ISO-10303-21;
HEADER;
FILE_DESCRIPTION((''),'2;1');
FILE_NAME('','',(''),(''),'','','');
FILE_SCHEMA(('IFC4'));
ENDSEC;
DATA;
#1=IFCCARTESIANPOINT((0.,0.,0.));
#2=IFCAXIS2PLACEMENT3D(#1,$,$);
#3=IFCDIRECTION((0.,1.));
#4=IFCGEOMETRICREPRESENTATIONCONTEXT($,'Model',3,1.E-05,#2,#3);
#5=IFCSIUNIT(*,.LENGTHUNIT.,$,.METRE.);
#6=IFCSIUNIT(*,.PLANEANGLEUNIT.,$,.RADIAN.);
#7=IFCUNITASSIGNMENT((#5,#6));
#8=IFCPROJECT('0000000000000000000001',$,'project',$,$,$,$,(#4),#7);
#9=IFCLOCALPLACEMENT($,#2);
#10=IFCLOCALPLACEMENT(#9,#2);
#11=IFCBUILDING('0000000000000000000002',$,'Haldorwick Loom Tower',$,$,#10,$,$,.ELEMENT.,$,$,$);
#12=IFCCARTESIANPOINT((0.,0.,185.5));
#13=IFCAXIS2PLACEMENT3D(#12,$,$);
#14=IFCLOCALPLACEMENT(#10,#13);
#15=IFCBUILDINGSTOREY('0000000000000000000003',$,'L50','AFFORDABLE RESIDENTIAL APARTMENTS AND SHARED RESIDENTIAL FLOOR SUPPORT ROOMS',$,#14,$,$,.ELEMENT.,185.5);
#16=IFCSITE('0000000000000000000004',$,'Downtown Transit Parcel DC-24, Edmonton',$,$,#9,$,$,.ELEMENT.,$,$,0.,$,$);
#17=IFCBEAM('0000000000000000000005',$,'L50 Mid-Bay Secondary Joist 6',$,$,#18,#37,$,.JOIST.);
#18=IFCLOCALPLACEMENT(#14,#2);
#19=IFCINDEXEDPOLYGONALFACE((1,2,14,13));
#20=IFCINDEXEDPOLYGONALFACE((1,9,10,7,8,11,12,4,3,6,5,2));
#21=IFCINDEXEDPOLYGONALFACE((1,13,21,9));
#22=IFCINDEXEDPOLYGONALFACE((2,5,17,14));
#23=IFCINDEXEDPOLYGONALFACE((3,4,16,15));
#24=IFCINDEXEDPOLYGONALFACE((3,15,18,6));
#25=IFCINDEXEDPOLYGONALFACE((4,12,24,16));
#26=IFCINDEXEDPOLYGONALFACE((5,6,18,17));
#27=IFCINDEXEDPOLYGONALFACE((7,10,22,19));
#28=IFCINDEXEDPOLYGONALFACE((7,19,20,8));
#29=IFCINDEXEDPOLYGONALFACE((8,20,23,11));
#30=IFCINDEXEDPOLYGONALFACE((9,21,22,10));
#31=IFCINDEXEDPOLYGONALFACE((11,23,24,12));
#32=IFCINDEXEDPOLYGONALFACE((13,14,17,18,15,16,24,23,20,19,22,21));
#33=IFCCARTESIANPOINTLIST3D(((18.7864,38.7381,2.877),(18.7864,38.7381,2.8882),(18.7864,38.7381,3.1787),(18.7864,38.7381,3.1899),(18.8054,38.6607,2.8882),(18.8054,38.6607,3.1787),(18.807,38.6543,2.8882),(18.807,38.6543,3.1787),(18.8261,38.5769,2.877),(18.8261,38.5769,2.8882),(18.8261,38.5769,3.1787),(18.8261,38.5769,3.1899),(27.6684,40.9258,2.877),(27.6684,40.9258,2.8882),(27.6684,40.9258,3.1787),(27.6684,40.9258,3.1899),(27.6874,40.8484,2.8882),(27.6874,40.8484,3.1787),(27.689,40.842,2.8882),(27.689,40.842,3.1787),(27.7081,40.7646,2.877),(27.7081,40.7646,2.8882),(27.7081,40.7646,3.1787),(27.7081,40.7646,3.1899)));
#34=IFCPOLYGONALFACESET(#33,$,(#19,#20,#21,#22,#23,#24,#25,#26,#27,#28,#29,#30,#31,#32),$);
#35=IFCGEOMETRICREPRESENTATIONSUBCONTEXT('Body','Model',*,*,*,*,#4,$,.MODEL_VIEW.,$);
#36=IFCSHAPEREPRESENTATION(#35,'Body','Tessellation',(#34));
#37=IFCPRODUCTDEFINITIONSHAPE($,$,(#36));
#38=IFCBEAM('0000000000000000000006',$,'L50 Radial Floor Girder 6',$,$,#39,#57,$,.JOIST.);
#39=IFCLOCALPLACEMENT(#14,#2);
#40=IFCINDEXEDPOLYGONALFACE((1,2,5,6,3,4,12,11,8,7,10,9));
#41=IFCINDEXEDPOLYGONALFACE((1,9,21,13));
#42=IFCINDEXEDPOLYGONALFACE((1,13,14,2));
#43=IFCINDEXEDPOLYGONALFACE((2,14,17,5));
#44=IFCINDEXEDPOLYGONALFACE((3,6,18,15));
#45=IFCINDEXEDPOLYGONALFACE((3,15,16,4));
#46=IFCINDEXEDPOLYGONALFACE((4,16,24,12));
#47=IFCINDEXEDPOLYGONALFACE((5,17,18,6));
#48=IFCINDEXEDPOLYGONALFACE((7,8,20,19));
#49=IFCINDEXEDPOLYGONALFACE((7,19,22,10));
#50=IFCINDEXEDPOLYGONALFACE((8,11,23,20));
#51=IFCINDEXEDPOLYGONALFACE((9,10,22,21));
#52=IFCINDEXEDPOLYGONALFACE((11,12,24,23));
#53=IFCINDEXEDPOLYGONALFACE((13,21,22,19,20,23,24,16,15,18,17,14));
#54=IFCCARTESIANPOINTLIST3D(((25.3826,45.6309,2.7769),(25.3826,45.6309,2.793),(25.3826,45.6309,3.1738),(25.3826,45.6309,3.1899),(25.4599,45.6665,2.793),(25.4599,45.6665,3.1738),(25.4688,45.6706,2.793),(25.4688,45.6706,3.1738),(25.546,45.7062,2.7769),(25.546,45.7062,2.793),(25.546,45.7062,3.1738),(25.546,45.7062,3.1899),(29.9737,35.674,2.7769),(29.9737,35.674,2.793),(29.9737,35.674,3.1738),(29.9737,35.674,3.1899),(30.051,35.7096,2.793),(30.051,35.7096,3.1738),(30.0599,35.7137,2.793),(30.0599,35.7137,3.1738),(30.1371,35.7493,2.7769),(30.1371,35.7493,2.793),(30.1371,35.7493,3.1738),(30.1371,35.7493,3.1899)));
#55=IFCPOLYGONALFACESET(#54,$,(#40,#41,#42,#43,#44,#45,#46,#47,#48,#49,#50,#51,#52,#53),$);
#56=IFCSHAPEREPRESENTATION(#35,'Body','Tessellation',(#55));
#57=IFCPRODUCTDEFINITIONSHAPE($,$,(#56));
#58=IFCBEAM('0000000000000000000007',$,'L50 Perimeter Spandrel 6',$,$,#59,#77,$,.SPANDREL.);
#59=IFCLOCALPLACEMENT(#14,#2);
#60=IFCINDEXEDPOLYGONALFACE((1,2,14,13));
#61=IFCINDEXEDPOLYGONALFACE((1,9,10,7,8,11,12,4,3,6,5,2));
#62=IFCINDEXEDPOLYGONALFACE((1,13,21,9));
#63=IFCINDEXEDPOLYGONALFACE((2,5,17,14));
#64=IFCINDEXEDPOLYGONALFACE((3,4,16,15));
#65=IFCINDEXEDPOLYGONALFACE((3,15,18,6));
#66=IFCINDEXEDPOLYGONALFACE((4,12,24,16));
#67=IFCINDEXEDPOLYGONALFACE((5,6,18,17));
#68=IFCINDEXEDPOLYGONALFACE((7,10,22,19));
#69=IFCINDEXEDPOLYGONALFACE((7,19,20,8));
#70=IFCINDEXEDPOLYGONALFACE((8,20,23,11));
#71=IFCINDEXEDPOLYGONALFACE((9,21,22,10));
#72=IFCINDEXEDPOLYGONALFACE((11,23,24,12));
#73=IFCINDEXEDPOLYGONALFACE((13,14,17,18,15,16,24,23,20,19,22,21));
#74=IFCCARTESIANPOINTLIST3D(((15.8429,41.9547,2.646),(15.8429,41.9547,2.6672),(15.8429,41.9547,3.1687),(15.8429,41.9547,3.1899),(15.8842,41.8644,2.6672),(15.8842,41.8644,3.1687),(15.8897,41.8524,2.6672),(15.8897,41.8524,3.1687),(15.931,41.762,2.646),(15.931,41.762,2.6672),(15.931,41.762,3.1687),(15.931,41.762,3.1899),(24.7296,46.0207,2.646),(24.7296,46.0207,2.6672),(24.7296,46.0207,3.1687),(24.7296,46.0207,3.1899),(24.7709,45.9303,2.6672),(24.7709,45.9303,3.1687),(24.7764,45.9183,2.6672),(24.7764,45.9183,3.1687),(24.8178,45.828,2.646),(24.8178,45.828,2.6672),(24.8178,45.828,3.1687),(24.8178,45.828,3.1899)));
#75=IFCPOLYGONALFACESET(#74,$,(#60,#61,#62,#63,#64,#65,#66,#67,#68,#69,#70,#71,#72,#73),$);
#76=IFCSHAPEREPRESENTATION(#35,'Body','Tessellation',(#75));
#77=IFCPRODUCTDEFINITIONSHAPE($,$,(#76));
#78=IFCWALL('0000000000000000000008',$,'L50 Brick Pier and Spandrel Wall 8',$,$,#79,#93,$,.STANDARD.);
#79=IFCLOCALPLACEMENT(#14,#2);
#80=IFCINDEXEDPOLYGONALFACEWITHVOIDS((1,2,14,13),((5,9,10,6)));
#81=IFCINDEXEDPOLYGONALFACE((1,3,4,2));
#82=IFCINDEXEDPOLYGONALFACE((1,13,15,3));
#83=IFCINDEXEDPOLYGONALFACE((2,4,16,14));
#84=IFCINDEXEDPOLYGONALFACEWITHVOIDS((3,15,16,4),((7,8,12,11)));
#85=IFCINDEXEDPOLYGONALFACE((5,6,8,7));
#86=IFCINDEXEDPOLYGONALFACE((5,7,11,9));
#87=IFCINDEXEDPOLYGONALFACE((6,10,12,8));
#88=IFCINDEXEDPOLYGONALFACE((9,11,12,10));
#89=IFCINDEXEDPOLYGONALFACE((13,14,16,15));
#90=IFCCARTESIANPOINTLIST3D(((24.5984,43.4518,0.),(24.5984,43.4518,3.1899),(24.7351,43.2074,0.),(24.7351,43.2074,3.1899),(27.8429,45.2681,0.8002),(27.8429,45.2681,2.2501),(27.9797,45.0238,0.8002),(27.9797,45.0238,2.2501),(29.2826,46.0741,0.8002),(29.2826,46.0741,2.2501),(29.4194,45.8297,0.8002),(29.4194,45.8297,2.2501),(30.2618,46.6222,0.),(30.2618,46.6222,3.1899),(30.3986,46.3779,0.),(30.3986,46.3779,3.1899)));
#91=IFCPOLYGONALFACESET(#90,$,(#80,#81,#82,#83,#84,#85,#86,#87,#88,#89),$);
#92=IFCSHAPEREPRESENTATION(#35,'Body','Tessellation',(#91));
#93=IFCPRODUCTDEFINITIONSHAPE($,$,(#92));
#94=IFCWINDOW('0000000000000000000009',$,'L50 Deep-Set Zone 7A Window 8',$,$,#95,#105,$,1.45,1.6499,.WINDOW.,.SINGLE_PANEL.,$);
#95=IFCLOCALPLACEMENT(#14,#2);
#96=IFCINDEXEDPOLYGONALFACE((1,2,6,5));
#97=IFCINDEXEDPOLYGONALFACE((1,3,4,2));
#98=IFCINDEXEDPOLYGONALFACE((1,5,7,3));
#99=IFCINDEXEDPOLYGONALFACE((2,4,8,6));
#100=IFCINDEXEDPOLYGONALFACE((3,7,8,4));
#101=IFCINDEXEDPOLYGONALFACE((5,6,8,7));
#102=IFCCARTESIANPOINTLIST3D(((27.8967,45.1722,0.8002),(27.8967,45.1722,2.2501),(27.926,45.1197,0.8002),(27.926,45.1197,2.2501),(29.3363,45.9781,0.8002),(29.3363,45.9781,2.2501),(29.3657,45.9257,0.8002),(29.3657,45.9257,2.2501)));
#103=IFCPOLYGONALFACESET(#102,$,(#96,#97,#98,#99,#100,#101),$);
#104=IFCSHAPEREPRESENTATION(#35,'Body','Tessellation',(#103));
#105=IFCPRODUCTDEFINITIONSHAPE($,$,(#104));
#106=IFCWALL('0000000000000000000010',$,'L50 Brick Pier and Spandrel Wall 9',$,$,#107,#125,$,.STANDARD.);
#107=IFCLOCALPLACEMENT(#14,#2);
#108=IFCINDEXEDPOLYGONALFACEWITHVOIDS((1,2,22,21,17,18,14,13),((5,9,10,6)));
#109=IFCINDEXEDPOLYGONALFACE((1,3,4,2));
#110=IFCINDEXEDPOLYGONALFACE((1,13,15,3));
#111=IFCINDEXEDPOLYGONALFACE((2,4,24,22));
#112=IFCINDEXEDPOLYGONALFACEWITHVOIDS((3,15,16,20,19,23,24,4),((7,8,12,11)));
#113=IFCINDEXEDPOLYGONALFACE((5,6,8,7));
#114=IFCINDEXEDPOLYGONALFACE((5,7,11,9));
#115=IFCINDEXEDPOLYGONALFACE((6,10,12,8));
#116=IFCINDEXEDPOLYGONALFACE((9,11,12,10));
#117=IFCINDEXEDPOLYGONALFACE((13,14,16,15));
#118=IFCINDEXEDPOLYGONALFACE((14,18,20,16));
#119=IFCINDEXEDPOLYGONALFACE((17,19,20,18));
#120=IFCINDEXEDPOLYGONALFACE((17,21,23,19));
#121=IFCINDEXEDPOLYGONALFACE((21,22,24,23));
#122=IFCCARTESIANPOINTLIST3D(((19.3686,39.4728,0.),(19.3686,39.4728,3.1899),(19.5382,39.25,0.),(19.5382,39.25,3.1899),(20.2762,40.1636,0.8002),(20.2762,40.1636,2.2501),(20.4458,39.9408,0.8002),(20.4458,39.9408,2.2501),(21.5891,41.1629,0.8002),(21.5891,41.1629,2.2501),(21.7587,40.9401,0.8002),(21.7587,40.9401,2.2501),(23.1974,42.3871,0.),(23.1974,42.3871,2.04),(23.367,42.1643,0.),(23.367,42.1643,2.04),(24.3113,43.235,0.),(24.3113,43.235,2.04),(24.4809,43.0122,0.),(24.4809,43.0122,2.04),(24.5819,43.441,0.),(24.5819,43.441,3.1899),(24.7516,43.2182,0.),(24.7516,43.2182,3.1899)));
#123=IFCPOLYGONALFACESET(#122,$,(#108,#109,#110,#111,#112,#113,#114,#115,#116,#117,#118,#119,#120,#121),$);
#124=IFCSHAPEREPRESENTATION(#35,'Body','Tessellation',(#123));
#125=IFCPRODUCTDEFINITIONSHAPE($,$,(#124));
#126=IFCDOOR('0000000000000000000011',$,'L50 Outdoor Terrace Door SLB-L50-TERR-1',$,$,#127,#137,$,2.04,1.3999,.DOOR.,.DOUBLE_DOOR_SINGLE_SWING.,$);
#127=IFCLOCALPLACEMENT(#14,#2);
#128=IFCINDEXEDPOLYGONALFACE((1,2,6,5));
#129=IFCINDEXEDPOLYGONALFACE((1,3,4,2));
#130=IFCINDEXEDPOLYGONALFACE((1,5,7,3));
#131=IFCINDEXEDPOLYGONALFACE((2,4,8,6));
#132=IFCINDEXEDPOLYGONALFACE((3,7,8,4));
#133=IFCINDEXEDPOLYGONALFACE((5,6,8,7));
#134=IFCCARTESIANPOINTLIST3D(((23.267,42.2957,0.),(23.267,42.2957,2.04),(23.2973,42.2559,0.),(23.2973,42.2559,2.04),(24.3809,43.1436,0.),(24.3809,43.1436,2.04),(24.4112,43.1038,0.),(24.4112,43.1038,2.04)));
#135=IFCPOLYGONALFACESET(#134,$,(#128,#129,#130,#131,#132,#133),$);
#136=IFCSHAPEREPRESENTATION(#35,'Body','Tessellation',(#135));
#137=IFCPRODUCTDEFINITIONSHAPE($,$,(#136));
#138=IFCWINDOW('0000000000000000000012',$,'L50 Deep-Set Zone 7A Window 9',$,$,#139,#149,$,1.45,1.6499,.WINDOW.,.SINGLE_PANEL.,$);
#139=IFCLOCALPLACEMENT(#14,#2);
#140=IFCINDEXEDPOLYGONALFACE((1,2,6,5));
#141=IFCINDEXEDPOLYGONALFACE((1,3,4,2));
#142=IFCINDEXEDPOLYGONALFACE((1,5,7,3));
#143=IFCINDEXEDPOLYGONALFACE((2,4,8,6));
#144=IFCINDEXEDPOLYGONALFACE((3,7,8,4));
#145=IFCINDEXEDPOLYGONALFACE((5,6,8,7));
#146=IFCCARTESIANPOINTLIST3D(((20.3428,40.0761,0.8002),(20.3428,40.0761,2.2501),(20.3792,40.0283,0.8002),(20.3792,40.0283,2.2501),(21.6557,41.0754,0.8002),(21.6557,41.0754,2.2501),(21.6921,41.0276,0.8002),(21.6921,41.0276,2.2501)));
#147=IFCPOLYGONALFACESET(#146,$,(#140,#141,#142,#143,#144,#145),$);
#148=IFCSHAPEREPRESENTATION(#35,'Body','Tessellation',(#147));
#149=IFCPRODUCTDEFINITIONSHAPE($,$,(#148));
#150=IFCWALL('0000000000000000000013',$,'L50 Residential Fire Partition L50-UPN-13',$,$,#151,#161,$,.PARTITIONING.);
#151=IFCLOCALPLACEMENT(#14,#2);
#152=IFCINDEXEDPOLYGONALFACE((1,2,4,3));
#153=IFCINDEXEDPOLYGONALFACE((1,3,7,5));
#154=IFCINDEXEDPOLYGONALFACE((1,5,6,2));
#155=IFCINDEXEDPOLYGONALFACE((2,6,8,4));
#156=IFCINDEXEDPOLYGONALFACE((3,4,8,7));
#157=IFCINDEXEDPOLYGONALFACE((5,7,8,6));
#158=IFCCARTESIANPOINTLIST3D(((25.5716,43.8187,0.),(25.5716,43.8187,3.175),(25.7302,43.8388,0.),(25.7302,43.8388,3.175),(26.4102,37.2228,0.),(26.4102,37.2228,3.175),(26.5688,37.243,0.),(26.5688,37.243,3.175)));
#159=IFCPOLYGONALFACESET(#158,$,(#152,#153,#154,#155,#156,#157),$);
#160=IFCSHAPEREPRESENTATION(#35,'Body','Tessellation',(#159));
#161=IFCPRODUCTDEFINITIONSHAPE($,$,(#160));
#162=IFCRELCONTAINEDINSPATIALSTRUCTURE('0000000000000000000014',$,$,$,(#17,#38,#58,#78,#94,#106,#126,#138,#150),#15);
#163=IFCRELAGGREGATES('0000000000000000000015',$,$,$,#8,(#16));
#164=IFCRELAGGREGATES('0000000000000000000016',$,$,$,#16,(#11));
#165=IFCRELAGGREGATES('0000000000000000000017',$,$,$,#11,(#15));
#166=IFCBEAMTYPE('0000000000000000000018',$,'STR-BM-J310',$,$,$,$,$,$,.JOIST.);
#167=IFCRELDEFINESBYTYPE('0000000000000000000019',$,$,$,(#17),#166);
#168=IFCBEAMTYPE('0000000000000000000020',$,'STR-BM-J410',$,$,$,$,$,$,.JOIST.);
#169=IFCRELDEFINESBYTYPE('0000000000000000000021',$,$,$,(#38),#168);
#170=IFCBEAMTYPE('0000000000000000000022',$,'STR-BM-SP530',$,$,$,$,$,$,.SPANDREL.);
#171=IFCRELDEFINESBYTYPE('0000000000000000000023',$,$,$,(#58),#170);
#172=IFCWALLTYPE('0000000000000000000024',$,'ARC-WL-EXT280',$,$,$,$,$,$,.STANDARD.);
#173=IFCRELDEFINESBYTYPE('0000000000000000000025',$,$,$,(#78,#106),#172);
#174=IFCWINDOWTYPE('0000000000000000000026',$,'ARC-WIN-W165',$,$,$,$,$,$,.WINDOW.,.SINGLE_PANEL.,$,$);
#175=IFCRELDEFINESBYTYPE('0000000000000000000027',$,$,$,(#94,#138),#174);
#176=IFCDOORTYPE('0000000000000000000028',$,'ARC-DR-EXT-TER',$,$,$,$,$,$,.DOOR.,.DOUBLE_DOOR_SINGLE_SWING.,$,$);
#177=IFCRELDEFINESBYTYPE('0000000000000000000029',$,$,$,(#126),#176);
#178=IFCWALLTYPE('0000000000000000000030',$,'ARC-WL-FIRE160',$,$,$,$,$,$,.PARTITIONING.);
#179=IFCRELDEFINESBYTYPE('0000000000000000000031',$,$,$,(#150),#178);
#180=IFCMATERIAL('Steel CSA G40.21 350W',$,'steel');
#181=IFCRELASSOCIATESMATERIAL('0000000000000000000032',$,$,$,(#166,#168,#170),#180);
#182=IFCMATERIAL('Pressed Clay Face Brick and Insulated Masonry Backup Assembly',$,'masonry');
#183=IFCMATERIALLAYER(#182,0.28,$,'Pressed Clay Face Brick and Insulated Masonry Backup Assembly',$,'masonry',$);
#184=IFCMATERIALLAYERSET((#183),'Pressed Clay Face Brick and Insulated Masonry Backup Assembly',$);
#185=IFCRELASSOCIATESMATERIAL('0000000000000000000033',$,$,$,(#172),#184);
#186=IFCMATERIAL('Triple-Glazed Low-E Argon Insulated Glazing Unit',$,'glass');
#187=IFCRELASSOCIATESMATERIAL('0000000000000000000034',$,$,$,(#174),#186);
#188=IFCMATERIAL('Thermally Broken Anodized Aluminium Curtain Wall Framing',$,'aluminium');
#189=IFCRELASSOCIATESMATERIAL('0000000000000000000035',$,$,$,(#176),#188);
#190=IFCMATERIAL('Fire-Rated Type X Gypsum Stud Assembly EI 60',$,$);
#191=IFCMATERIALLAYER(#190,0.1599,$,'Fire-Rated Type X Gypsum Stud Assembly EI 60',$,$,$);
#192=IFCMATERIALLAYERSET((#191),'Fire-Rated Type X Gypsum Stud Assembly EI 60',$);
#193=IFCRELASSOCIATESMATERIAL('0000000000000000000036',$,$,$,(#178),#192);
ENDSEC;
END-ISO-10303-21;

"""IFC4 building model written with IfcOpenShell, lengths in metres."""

from ifc_helpers import new_model, si_unit, direction, frame, frame_2d, origin, origin_2d, place, context, subcontext, project, spatial, rectangle, i_section, extrude, material, layer, layer_set, material_profile, profile_set, type_object, element, fill, save


model = new_model("IFC4")

# Units and contexts
model_context = context("Model", 3, precision=1e-05, world=origin(), true_north=direction((0.0, 1.0)))
body_context = subcontext(model_context, "Body", "Model", "MODEL_VIEW")
ifc_project = project(units=[si_unit("LENGTHUNIT", "METRE"), si_unit("PLANEANGLEUNIT", "RADIAN")], contexts=[model_context])

# Site, building, storey
site_placement = place(None, origin())
site = spatial("IfcSite", under=ifc_project, at=site_placement, Name="Downtown Transit Parcel DC-24, Edmonton", CompositionType="ELEMENT", RefElevation=0.0)
building_placement = place(site_placement, origin())
building = spatial("IfcBuilding", under=site, at=building_placement, Name="Haldorwick Loom Tower", CompositionType="ELEMENT")
storey_placement = place(building_placement, frame((0.0, 0.0, 185.5)))
storey = spatial("IfcBuildingStorey", under=building, at=storey_placement, Name="L50", Description="AFFORDABLE RESIDENTIAL APARTMENTS AND SHARED RESIDENTIAL FLOOR SUPPORT ROOMS", CompositionType="ELEMENT", Elevation=185.5)

# Shared definitions
ifc_material_1 = material(Name="Steel CSA G40.21 350W", Category="steel")

# Beams
ifc_material_profile_1 = material_profile(ifc_material_1, i_section(OverallWidth=0.166, OverallDepth=0.313, WebThickness=0.0066, FlangeThickness=0.0112, at=origin_2d()), Name="W310X45", Category="steel")
ifc_profile_set_1 = profile_set([ifc_material_profile_1], Name="Steel CSA G40.21 350W")
beam_type_1 = type_object("IfcBeamType", Name="STR-BM-J310", PredefinedType="JOIST", material=ifc_profile_set_1)
beam_1_placement = place(storey_placement, frame((27.6882, 40.8452, 3.0334), z_axis=(-0.97098, -0.239162, 0.0), x_axis=(0.239162, -0.97098, 0.0)))
element("IfcBeam", 1, at=beam_1_placement, inside=storey, type_object=beam_type_1, Name="L50 Mid-Bay Secondary Joist 6", PredefinedType="JOIST", context=body_context, shape_type="SweptSolid", body=[
    extrude(i_section(OverallWidth=0.166, OverallDepth=0.313, WebThickness=0.0066, FlangeThickness=0.0112, at=origin_2d()), origin(), (0.0, 0.0, 1.0), 9.1475),
])
ifc_material_profile_2 = material_profile(ifc_material_1, i_section(OverallWidth=0.1799, OverallDepth=0.4131, WebThickness=0.0098, FlangeThickness=0.0161, at=origin_2d()), Name="W410X74", Category="steel")
ifc_profile_set_2 = profile_set([ifc_material_profile_2], Name="Steel CSA G40.21 350W")
beam_type_2 = type_object("IfcBeamType", Name="STR-BM-J410", PredefinedType="JOIST", material=ifc_profile_set_2)
beam_2_placement = place(storey_placement, frame((30.0554, 35.7117, 2.9834), z_axis=(-0.418729, 0.908111, 0.0), x_axis=(-0.908111, -0.418729, 0.0)))
element("IfcBeam", 2, at=beam_2_placement, inside=storey, type_object=beam_type_2, Name="L50 Radial Floor Girder 6", PredefinedType="JOIST", context=body_context, shape_type="SweptSolid", body=[
    extrude(i_section(OverallWidth=0.1799, OverallDepth=0.4131, WebThickness=0.0098, FlangeThickness=0.0161, at=origin_2d()), origin(), (0.0, 0.0, 1.0), 10.9644),
])
ifc_material_profile_3 = material_profile(ifc_material_1, i_section(OverallWidth=0.2119, OverallDepth=0.5439, WebThickness=0.0132, FlangeThickness=0.0212, at=origin_2d()), Name="W530X123", Category="steel")
ifc_profile_set_3 = profile_set([ifc_material_profile_3], Name="Steel CSA G40.21 350W")
beam_type_3 = type_object("IfcBeamType", Name="STR-BM-SP530", PredefinedType="SPANDREL", material=ifc_profile_set_3)
beam_3_placement = place(storey_placement, frame((24.7737, 45.9243, 2.918), z_axis=(-0.909342, -0.416049, 0.0), x_axis=(0.416049, -0.909342, 0.0)))
element("IfcBeam", 3, at=beam_3_placement, inside=storey, type_object=beam_type_3, Name="L50 Perimeter Spandrel 6", PredefinedType="SPANDREL", context=body_context, shape_type="SweptSolid", body=[
    extrude(i_section(OverallWidth=0.2119, OverallDepth=0.5439, WebThickness=0.0132, FlangeThickness=0.0212, at=origin_2d()), origin(), (0.0, 0.0, 1.0), 9.7727),
])

# Wall, opening, window
ifc_material_2 = material(Name="Pressed Clay Face Brick and Insulated Masonry Backup Assembly", Category="masonry")
ifc_layer_1 = layer(ifc_material_2, 0.28, Name="Pressed Clay Face Brick and Insulated Masonry Backup Assembly", Category="masonry")
ifc_layer_set_1 = layer_set([ifc_layer_1], Name="Pressed Clay Face Brick and Insulated Masonry Backup Assembly")
wall_type_1 = type_object("IfcWallType", Name="ARC-WL-EXT280", PredefinedType="STANDARD", material=ifc_layer_set_1)
wall_1_placement = place(storey_placement, frame((30.3301, 46.5, 0.0), z_axis=(0.0, 0.0, 1.0), x_axis=(-0.872575, -0.48848, 0.0)))
wall_1 = element("IfcWall", 4, at=wall_1_placement, inside=storey, type_object=wall_type_1, Name="L50 Brick Pier and Spandrel Wall 8", PredefinedType="STANDARD", context=body_context, shape_type="SweptSolid", body=[
    extrude(rectangle(XDim=6.4905, YDim=0.28, at=frame_2d((3.2451, 0.0))), origin(), (0.0, 0.0, 1.0), 3.1899),
])
opening_1_placement = place(wall_1_placement, frame((1.1221, 0.0, 0.8)))
opening_1 = element("IfcOpeningElement", 5, at=opening_1_placement, cuts=wall_1, PredefinedType="OPENING", context=body_context, shape_type="SweptSolid", body=[
    extrude(rectangle(XDim=1.6499, YDim=1.45, at=frame_2d((0.825, 0.7251))), frame((0.0, 0.1499, 0.0), z_axis=(0.0, -1.0, 0.0), x_axis=(1.0, 0.0, 0.0)), (0.0, 0.0, 1.0), 0.3),
])
ifc_material_3 = material(Name="Triple-Glazed Low-E Argon Insulated Glazing Unit", Category="glass")
window_type = type_object("IfcWindowType", Name="ARC-WIN-W165", PartitioningType="SINGLE_PANEL", PredefinedType="WINDOW", material=ifc_material_3)
window_1_placement = place(opening_1_placement, origin())
window_1 = element("IfcWindow", 6, at=window_1_placement, inside=storey, type_object=window_type, Name="L50 Deep-Set Zone 7A Window 8", OverallHeight=1.45, OverallWidth=1.6499, PartitioningType="SINGLE_PANEL", PredefinedType="WINDOW", context=body_context, shape_type="SweptSolid", body=[
    extrude(rectangle(XDim=1.6499, YDim=1.45, at=frame_2d((0.825, 0.7251))), frame((0.0, 0.03, 0.0), z_axis=(0.0, -1.0, 0.0), x_axis=(1.0, 0.0, 0.0)), (0.0, 0.0, 1.0), 0.0601),
])
fill(opening_1, window_1)

# Wall, openings, door, window
wall_2_placement = place(storey_placement, frame((24.6667, 43.3296, 0.0), z_axis=(0.0, 0.0, 1.0), x_axis=(-0.795714, -0.605673, 0.0)))
wall_2 = element("IfcWall", 7, at=wall_2_placement, inside=storey, type_object=wall_type_1, Name="L50 Brick Pier and Spandrel Wall 9", PredefinedType="STANDARD", context=body_context, shape_type="SweptSolid", body=[
    extrude(rectangle(XDim=6.5518, YDim=0.28, at=frame_2d((3.2759, 0.0))), origin(), (0.0, 0.0, 1.0), 3.1899),
])
opening_2_placement = place(wall_2_placement, frame((0.3401, 0.0, 0.0)))
opening_2 = element("IfcOpeningElement", 8, at=opening_2_placement, cuts=wall_2, PredefinedType="OPENING", context=body_context, shape_type="SweptSolid", body=[
    extrude(rectangle(XDim=1.3999, YDim=2.04, at=frame_2d((0.7, 1.02))), frame((0.0, 0.1499, 0.0), z_axis=(0.0, -1.0, 0.0), x_axis=(1.0, 0.0, 0.0)), (0.0, 0.0, 1.0), 0.3),
])
opening_3_placement = place(wall_2_placement, frame((3.7612, 0.0, 0.8)))
opening_3 = element("IfcOpeningElement", 9, at=opening_3_placement, cuts=wall_2, PredefinedType="OPENING", context=body_context, shape_type="SweptSolid", body=[
    extrude(rectangle(XDim=1.6499, YDim=1.45, at=frame_2d((0.825, 0.7251))), frame((0.0, 0.1499, 0.0), z_axis=(0.0, -1.0, 0.0), x_axis=(1.0, 0.0, 0.0)), (0.0, 0.0, 1.0), 0.3),
])
ifc_material_4 = material(Name="Thermally Broken Anodized Aluminium Curtain Wall Framing", Category="aluminium")
door_type = type_object("IfcDoorType", Name="ARC-DR-EXT-TER", OperationType="DOUBLE_DOOR_SINGLE_SWING", PredefinedType="DOOR", material=ifc_material_4)
door_placement = place(opening_2_placement, origin())
door = element("IfcDoor", 10, at=door_placement, inside=storey, type_object=door_type, Name="L50 Outdoor Terrace Door SLB-L50-TERR-1", OperationType="DOUBLE_DOOR_SINGLE_SWING", OverallHeight=2.04, OverallWidth=1.3999, PredefinedType="DOOR", context=body_context, shape_type="SweptSolid", body=[
    extrude(rectangle(XDim=1.3999, YDim=2.04, at=frame_2d((0.7, 1.02))), frame((0.0, 0.0249, 0.0), z_axis=(0.0, -1.0, 0.0), x_axis=(1.0, 0.0, 0.0)), (0.0, 0.0, 1.0), 0.05),
])
fill(opening_2, door)
window_2_placement = place(opening_3_placement, origin())
window_2 = element("IfcWindow", 11, at=window_2_placement, inside=storey, type_object=window_type, Name="L50 Deep-Set Zone 7A Window 9", OverallHeight=1.45, OverallWidth=1.6499, PartitioningType="SINGLE_PANEL", PredefinedType="WINDOW", context=body_context, shape_type="SweptSolid", body=[
    extrude(rectangle(XDim=1.6499, YDim=1.45, at=frame_2d((0.825, 0.7251))), frame((0.0, 0.03, 0.0), z_axis=(0.0, -1.0, 0.0), x_axis=(1.0, 0.0, 0.0)), (0.0, 0.0, 1.0), 0.0601),
])
fill(opening_3, window_2)

# Wall
ifc_material_5 = material(Name="Fire-Rated Type X Gypsum Stud Assembly EI 60")
ifc_layer_2 = layer(ifc_material_5, 0.1599, Name="Fire-Rated Type X Gypsum Stud Assembly EI 60")
ifc_layer_set_2 = layer_set([ifc_layer_2], Name="Fire-Rated Type X Gypsum Stud Assembly EI 60")
wall_type_2 = type_object("IfcWallType", Name="ARC-WL-FIRE160", PredefinedType="PARTITIONING", material=ifc_layer_set_2)
wall_3_placement = place(storey_placement, frame((26.4895, 37.2329, 0.0), z_axis=(0.0, 0.0, 1.0), x_axis=(-0.126127, 0.992014, 0.0)))
element("IfcWall", 12, at=wall_3_placement, inside=storey, type_object=wall_type_2, Name="L50 Residential Fire Partition L50-UPN-13", PredefinedType="PARTITIONING", context=body_context, shape_type="SweptSolid", body=[
    extrude(rectangle(XDim=6.6489, YDim=0.1599, at=frame_2d((3.3245, 0.0))), origin(), (0.0, 0.0, 1.0), 3.175),
])

save(model, "model.ifc")
